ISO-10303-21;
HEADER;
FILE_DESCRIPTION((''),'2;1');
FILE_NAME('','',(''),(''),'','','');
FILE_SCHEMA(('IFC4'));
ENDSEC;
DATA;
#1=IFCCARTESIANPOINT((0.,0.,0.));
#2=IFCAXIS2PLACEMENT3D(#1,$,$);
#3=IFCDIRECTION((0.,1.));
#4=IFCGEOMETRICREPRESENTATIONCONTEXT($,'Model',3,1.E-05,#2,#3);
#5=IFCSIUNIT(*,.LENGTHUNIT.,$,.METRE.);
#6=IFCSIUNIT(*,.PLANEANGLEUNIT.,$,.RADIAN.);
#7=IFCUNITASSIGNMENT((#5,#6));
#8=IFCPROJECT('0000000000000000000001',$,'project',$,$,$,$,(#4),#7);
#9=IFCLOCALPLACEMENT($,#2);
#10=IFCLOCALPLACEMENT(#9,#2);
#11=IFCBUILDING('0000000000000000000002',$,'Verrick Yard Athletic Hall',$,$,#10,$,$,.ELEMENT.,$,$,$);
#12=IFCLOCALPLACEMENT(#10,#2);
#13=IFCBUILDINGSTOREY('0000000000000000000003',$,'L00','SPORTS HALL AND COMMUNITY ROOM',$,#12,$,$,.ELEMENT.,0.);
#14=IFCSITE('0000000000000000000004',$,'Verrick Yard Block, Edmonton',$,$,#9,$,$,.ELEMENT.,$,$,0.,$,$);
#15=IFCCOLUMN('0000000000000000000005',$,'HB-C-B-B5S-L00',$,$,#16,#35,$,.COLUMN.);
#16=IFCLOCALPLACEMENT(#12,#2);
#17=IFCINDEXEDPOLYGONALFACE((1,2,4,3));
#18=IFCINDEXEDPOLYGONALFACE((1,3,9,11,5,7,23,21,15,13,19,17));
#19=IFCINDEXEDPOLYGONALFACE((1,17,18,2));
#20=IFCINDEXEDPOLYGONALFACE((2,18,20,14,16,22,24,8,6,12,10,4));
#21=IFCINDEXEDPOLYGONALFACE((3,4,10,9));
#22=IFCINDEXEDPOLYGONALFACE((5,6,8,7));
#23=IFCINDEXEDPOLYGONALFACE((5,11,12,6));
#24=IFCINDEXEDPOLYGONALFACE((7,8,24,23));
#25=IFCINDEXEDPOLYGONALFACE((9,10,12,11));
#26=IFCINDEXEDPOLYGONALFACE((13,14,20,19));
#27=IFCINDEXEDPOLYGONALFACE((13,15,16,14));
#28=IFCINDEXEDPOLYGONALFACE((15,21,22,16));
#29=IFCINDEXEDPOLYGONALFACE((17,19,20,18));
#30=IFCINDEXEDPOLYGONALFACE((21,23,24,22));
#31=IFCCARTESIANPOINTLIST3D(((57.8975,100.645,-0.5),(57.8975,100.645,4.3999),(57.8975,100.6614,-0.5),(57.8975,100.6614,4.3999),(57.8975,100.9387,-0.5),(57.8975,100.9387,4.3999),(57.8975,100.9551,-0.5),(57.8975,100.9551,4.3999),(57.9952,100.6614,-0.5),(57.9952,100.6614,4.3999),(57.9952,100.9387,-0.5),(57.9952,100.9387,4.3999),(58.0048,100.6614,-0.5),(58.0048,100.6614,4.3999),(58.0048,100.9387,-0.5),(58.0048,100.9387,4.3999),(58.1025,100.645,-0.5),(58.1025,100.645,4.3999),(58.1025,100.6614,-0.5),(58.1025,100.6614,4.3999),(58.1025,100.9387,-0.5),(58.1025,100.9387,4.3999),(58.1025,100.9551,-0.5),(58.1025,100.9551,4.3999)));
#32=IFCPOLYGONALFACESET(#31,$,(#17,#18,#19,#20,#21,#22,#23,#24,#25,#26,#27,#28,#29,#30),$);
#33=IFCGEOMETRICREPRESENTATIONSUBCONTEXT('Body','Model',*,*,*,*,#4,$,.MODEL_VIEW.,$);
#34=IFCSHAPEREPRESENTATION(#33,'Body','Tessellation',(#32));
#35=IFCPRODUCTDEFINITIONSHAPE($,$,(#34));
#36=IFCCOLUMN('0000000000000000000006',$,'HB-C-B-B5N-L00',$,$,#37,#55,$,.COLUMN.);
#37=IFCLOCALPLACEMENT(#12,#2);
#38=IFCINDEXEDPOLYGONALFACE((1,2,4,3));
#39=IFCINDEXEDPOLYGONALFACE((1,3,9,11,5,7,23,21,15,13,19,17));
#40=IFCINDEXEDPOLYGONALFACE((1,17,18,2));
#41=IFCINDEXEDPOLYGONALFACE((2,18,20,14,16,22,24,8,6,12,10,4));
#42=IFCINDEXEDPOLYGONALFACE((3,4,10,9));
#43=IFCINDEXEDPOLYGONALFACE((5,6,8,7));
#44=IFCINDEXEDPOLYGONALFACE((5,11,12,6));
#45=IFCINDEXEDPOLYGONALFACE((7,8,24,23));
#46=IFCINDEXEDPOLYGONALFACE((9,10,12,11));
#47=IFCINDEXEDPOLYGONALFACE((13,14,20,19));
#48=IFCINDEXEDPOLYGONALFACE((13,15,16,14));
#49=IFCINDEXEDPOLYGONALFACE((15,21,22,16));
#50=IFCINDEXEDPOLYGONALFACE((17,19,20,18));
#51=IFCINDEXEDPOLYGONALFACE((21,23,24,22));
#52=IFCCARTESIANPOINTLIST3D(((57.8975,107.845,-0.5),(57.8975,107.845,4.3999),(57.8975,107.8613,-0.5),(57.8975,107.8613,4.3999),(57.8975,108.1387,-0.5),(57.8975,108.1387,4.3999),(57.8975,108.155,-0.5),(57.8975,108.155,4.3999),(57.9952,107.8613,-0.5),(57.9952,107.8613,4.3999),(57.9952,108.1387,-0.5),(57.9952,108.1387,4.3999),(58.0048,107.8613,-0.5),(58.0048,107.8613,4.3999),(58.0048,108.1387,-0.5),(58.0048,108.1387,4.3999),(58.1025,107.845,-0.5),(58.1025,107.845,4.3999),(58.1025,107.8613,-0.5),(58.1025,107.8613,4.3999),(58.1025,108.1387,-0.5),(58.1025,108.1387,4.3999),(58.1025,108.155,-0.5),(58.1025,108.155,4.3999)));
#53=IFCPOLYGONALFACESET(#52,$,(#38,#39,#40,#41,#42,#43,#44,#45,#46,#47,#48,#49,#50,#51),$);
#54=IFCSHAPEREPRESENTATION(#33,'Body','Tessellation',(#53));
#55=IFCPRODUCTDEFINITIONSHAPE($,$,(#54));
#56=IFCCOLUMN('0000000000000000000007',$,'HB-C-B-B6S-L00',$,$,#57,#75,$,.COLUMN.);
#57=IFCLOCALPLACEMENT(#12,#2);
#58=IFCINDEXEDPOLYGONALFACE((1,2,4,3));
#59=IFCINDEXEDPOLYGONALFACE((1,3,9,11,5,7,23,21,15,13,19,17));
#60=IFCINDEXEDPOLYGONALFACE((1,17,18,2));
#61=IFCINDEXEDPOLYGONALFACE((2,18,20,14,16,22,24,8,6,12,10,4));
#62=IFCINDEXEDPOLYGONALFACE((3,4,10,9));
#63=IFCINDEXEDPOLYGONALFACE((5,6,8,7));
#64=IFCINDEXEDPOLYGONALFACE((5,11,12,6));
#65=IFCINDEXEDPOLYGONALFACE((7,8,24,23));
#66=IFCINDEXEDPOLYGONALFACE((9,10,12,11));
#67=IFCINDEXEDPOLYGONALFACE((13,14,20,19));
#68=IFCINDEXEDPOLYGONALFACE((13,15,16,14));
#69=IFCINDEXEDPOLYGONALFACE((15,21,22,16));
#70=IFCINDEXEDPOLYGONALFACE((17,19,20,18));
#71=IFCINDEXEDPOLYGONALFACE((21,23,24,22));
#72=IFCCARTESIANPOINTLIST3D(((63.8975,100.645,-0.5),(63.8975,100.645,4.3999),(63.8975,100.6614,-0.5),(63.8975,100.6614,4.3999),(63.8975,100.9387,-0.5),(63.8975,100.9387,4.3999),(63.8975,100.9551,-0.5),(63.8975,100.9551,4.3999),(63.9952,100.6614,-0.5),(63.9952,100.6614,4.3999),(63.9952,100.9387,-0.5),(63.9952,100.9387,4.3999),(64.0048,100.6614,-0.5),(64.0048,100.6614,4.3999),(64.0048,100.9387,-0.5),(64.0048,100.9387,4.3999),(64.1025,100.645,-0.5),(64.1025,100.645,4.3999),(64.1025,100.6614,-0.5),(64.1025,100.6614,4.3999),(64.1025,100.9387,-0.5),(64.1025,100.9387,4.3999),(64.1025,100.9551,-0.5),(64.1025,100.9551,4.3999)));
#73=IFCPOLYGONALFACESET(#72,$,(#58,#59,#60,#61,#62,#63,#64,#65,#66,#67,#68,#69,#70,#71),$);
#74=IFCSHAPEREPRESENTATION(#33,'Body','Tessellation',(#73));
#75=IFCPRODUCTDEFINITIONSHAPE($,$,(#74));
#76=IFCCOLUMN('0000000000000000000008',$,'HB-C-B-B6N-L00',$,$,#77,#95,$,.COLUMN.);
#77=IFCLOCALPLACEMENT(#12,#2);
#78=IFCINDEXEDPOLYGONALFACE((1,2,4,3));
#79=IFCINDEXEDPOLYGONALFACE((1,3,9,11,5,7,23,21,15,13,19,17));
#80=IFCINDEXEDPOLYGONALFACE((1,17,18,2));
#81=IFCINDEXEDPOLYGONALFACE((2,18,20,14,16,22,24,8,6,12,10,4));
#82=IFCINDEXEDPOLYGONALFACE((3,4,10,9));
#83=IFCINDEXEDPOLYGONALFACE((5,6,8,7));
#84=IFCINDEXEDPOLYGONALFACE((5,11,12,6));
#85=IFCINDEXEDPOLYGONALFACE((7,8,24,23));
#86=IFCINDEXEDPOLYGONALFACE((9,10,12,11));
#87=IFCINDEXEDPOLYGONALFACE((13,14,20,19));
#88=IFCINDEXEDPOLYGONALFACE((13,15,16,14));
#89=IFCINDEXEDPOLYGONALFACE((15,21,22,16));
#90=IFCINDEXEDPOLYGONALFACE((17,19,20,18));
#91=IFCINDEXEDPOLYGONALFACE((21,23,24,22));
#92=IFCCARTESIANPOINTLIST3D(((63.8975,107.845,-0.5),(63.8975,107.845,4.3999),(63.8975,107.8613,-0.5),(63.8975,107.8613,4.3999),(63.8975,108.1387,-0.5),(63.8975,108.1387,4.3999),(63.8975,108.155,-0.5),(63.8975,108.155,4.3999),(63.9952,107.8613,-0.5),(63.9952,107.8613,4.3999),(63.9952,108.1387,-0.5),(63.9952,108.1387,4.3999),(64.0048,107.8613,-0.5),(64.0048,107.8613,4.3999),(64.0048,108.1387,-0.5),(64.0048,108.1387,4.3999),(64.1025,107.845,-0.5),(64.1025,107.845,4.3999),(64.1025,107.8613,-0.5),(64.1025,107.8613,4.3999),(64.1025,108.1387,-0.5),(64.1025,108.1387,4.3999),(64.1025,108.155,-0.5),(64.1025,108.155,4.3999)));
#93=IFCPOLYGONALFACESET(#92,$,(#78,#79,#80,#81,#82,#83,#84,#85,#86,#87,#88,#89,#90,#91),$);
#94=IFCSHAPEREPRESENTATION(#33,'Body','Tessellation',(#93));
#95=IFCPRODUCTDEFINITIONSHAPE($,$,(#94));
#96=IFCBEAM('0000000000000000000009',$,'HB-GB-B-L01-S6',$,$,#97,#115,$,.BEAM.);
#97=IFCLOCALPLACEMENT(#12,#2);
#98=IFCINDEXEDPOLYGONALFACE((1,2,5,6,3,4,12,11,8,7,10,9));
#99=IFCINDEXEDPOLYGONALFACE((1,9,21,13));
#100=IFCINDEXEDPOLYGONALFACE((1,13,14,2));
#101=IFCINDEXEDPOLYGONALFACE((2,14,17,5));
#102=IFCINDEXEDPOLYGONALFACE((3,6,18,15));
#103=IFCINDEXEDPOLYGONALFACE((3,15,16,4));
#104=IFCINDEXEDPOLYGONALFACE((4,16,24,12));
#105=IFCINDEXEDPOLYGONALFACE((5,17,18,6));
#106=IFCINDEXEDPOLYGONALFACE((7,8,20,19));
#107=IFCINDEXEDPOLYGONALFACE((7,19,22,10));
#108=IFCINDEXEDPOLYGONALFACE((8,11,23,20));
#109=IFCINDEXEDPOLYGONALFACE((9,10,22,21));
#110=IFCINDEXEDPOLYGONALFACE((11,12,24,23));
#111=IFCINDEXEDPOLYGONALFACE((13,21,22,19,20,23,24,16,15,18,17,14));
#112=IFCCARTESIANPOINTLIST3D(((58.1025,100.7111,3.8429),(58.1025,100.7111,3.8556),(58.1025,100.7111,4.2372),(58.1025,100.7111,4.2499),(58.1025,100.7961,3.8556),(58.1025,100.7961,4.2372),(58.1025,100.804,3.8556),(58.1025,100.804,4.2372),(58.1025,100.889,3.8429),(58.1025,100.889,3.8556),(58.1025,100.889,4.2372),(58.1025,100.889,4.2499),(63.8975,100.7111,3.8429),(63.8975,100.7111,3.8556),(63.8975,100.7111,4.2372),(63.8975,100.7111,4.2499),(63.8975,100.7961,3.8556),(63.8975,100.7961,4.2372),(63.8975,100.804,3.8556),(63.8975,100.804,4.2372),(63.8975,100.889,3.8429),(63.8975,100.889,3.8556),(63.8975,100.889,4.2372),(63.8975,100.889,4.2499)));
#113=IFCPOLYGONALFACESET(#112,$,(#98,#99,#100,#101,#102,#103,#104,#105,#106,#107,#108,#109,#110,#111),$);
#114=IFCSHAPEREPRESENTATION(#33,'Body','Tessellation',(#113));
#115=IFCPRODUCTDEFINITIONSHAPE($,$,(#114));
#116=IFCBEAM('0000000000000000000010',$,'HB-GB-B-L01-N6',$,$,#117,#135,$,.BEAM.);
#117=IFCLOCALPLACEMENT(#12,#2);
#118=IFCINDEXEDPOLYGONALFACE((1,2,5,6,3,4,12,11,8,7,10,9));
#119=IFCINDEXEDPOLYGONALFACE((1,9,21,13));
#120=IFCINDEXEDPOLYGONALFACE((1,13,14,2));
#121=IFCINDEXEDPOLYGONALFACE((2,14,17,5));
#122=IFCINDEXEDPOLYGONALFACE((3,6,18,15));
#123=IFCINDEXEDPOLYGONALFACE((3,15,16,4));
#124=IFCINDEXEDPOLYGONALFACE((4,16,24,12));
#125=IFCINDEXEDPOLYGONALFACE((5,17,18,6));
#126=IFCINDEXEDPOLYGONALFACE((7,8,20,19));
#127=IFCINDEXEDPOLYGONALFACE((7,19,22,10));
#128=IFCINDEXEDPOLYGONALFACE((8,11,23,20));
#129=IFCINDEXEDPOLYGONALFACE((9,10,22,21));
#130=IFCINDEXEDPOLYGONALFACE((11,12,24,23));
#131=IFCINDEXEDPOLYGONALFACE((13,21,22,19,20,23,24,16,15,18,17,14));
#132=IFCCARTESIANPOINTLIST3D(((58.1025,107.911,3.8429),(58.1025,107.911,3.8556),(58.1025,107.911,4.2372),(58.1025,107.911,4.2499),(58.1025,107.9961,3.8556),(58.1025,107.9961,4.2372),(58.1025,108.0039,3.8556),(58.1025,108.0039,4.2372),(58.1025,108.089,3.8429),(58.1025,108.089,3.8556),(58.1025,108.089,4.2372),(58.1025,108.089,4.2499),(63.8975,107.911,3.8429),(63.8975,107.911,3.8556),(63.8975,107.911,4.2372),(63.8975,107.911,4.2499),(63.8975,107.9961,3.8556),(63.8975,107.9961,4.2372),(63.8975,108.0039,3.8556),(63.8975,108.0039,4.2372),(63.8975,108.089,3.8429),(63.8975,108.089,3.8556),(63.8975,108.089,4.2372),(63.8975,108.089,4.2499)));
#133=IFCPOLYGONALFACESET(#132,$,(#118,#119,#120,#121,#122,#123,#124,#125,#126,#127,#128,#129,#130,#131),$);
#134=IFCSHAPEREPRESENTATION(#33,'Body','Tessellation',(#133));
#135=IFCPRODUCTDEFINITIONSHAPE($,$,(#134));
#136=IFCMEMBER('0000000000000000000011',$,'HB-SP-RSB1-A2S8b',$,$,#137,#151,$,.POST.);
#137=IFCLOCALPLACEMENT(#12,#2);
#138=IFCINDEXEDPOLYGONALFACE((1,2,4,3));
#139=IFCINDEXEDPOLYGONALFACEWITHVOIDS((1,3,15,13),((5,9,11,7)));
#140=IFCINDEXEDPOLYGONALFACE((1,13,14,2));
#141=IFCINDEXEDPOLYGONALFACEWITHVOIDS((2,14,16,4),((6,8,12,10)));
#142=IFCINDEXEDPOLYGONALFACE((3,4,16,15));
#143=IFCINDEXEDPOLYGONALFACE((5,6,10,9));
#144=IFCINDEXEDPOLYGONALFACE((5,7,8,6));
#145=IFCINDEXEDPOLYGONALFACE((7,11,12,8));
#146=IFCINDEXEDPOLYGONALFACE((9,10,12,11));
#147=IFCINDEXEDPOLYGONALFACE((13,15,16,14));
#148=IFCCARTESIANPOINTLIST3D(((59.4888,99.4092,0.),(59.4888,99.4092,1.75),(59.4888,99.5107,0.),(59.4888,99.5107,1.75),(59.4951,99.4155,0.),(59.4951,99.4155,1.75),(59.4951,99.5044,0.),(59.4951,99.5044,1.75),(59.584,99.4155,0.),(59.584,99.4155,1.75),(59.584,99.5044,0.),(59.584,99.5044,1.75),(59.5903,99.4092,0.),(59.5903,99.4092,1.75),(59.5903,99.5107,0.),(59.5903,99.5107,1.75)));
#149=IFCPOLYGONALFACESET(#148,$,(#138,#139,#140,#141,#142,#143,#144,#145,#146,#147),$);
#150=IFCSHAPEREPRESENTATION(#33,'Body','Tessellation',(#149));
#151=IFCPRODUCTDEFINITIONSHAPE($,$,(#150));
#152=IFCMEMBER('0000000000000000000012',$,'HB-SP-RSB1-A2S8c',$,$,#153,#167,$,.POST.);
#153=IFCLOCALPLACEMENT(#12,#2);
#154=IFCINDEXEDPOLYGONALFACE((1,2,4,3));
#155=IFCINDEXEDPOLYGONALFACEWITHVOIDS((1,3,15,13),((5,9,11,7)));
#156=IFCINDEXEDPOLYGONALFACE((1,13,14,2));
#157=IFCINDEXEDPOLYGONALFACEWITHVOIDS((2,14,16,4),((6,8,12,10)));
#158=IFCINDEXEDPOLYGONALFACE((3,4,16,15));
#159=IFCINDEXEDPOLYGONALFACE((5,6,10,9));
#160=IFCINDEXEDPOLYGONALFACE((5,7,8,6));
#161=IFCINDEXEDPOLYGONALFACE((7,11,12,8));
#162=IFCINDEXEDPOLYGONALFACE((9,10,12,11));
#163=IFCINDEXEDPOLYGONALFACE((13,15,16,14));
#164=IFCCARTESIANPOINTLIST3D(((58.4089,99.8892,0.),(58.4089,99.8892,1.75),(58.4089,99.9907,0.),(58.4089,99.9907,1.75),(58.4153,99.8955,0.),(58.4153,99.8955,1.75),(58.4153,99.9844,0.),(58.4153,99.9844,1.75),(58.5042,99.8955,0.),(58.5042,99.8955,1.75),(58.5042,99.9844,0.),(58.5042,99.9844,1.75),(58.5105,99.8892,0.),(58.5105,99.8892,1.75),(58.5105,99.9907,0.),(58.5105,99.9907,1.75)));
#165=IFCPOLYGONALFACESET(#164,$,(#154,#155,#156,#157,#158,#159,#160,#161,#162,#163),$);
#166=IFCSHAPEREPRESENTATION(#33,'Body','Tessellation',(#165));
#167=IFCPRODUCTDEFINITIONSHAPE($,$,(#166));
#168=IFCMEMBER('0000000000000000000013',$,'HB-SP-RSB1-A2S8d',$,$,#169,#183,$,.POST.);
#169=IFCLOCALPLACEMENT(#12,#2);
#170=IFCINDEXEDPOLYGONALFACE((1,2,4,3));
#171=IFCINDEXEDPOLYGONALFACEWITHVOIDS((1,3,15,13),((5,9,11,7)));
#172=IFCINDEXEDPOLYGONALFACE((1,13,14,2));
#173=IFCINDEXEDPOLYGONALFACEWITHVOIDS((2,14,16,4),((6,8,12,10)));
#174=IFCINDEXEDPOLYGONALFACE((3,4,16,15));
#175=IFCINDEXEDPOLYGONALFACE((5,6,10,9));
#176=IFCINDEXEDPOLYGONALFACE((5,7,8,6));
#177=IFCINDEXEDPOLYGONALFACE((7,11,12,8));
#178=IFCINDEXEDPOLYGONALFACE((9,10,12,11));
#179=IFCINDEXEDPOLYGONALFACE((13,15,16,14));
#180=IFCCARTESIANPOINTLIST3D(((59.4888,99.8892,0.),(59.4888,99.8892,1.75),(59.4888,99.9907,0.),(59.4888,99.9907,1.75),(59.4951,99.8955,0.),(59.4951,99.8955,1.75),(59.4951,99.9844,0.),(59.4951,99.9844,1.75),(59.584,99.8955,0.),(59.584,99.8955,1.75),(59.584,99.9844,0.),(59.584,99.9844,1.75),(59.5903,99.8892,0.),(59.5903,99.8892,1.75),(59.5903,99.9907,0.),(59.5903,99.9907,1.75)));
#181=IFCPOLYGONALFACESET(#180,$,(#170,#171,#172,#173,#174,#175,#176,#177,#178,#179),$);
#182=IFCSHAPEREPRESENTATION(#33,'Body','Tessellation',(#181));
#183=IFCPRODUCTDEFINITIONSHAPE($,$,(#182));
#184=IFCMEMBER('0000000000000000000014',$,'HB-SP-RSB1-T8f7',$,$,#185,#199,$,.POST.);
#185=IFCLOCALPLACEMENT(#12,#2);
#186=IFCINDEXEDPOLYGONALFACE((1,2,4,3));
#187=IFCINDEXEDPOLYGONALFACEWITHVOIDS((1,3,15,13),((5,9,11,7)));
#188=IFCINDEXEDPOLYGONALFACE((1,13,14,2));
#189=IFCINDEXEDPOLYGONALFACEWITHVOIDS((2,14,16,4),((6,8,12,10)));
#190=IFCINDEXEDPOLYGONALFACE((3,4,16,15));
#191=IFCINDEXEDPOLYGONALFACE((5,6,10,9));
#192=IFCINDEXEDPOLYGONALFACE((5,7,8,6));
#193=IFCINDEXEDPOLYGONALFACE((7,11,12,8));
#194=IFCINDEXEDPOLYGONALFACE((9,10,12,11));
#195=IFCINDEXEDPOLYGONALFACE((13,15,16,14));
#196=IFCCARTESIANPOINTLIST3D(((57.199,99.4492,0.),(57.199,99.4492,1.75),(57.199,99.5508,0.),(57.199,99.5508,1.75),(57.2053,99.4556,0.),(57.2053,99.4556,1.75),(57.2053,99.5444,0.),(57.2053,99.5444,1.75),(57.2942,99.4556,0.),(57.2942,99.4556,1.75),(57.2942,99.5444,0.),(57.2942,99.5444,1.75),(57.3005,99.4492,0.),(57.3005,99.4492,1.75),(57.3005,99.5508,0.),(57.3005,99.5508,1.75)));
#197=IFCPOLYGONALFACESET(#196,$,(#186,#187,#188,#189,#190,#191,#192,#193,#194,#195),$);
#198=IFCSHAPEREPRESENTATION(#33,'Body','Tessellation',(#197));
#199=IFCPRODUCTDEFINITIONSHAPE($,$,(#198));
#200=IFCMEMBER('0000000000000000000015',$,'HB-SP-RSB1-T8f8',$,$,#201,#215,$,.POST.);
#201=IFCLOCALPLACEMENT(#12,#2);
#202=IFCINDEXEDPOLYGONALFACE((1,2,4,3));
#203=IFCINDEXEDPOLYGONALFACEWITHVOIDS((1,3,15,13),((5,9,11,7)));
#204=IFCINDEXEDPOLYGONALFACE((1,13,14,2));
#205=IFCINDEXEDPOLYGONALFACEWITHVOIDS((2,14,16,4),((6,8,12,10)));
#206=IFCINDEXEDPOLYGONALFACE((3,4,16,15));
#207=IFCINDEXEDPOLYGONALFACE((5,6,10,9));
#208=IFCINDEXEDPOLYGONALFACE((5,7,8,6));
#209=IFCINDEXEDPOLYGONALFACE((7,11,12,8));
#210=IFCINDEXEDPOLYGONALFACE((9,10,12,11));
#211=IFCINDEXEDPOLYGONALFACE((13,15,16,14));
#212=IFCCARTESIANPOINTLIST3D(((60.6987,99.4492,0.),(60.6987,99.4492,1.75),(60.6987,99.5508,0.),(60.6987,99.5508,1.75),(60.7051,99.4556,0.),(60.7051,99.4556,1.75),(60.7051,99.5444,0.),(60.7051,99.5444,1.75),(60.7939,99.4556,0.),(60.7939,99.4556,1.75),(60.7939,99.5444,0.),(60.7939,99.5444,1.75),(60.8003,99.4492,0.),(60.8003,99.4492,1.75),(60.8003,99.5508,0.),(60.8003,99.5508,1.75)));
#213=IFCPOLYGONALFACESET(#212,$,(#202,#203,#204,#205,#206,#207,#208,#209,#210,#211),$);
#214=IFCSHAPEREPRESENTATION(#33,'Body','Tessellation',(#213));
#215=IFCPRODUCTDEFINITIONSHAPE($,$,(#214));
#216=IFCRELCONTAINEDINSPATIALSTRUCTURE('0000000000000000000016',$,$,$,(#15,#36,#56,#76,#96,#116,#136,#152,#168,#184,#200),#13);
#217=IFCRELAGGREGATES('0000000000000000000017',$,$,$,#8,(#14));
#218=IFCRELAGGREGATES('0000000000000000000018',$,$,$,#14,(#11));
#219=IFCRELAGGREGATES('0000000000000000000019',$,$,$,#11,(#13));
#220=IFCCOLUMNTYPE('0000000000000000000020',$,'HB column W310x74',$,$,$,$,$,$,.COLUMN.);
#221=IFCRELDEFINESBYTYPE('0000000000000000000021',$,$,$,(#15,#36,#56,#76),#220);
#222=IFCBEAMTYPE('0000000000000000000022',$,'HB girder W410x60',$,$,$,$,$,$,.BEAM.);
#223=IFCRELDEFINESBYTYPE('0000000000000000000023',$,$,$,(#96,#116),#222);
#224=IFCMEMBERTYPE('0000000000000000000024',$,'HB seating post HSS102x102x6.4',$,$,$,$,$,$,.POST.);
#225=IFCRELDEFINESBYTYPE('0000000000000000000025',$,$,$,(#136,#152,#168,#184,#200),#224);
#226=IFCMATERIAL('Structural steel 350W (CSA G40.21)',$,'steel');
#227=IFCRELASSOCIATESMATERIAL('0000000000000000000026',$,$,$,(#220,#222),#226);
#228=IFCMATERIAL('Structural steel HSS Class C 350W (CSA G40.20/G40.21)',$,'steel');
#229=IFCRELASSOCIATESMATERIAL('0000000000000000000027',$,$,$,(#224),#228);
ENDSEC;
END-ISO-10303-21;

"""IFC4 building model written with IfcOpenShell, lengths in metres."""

from ifc_helpers import new_model, si_unit, direction, frame, origin, origin_2d, place, context, subcontext, project, spatial, hollow_rectangle, i_section, extrude, material, material_profile, profile_set, type_object, element, save


model = new_model("IFC4")

# Units and contexts
model_context = context("Model", 3, precision=1e-05, world=origin(), true_north=direction((0.0, 1.0)))
body_context = subcontext(model_context, "Body", "Model", "MODEL_VIEW")
ifc_project = project(units=[si_unit("LENGTHUNIT", "METRE"), si_unit("PLANEANGLEUNIT", "RADIAN")], contexts=[model_context])

# Site, building, storey
site_placement = place(None, origin())
site = spatial("IfcSite", under=ifc_project, at=site_placement, Name="Verrick Yard Block, Edmonton", CompositionType="ELEMENT", RefElevation=0.0)
building_placement = place(site_placement, origin())
building = spatial("IfcBuilding", under=site, at=building_placement, Name="Verrick Yard Athletic Hall", CompositionType="ELEMENT")
storey_placement = place(building_placement, origin())
storey = spatial("IfcBuildingStorey", under=building, at=storey_placement, Name="L00", Description="SPORTS HALL AND COMMUNITY ROOM", CompositionType="ELEMENT", Elevation=0.0)

# Columns
ifc_material_1 = material(Name="Structural steel 350W (CSA G40.21)", Category="steel")
ifc_material_profile_1 = material_profile(ifc_material_1, i_section(OverallWidth=0.2051, OverallDepth=0.3101, WebThickness=0.0095, FlangeThickness=0.0164, at=origin_2d()), Name="W310x74")
ifc_profile_set_1 = profile_set([ifc_material_profile_1], Name="Structural steel 350W (CSA G40.21)")
column_type = type_object("IfcColumnType", Name="HB column W310x74", PredefinedType="COLUMN", material=ifc_profile_set_1)
for number, where, z_axis, x_axis, name in (
    (1, (58.0, 100.8, -0.5), (0.0, 0.0, 1.0), (1.0, 0.0, 0.0), "HB-C-B-B5S-L00"),
    (2, (58.0, 108.0, -0.5), (0.0, 0.0, 1.0), (1.0, 0.0, 0.0), "HB-C-B-B5N-L00"),
    (3, (64.0, 100.8, -0.5), (0.0, 0.0, 1.0), (1.0, 0.0, 0.0), "HB-C-B-B6S-L00"),
    (4, (64.0, 108.0, -0.5), (0.0, 0.0, 1.0), (1.0, 0.0, 0.0), "HB-C-B-B6N-L00"),
):
    element("IfcColumn", number, at=place(storey_placement, frame(where, z_axis=z_axis, x_axis=x_axis)), inside=storey, type_object=column_type, Name=name, PredefinedType="COLUMN", context=body_context, shape_type="SweptSolid", body=[
        extrude(i_section(OverallWidth=0.2051, OverallDepth=0.3101, WebThickness=0.0095, FlangeThickness=0.0164, at=origin_2d()), origin(), (0.0, 0.0, 1.0), 4.8999),
    ])

# Beams
ifc_material_profile_2 = material_profile(ifc_material_1, i_section(OverallWidth=0.178, OverallDepth=0.407, WebThickness=0.0078, FlangeThickness=0.0127, at=origin_2d()), Name="W410x60")
ifc_profile_set_2 = profile_set([ifc_material_profile_2], Name="Structural steel 350W (CSA G40.21)")
beam_type_1 = type_object("IfcBeamType", Name="HB girder W410x60", PredefinedType="BEAM", material=ifc_profile_set_2)
for number, where, z_axis, x_axis, name in (
    (5, (58.1025, 100.8, 4.0464), (1.0, 0.0, 0.0), (0.0, 1.0, 0.0), "HB-GB-B-L01-S6"),
    (6, (58.1025, 108.0, 4.0464), (1.0, 0.0, 0.0), (0.0, 1.0, 0.0), "HB-GB-B-L01-N6"),
):
    element("IfcBeam", number, at=place(storey_placement, frame(where, z_axis=z_axis, x_axis=x_axis)), inside=storey, type_object=beam_type_1, Name=name, PredefinedType="BEAM", context=body_context, shape_type="SweptSolid", body=[
        extrude(i_section(OverallWidth=0.178, OverallDepth=0.407, WebThickness=0.0078, FlangeThickness=0.0127, at=origin_2d()), origin(), (0.0, 0.0, 1.0), 5.7949),
    ])

# Members
ifc_material_2 = material(Name="Structural steel HSS Class C 350W (CSA G40.20/G40.21)", Category="steel")
ifc_material_profile_3 = material_profile(ifc_material_2, hollow_rectangle(XDim=0.1016, YDim=0.1016, WallThickness=0.0063, at=origin_2d()), Name="HSS102x102x6.4")
ifc_profile_set_3 = profile_set([ifc_material_profile_3], Name="Structural steel HSS Class C 350W (CSA G40.20/G40.21)")
member_type = type_object("IfcMemberType", Name="HB seating post HSS102x102x6.4", PredefinedType="POST", material=ifc_profile_set_3)
for number, where, z_axis, x_axis, name in (
    (7, (59.5396, 99.46, 0.0), (0.0, 0.0, 1.0), (0.0, 1.0, 0.0), "HB-SP-RSB1-A2S8b"),
    (8, (58.4597, 99.9399, 0.0), (0.0, 0.0, 1.0), (0.0, 1.0, 0.0), "HB-SP-RSB1-A2S8c"),
    (9, (59.5396, 99.9399, 0.0), (0.0, 0.0, 1.0), (0.0, 1.0, 0.0), "HB-SP-RSB1-A2S8d"),
    (10, (57.2498, 99.5, 0.0), (0.0, 0.0, 1.0), (0.0, 1.0, 0.0), "HB-SP-RSB1-T8f7"),
    (11, (60.7495, 99.5, 0.0), (0.0, 0.0, 1.0), (0.0, 1.0, 0.0), "HB-SP-RSB1-T8f8"),
):
    element("IfcMember", number, at=place(storey_placement, frame(where, z_axis=z_axis, x_axis=x_axis)), inside=storey, type_object=member_type, Name=name, PredefinedType="POST", context=body_context, shape_type="SweptSolid", body=[
        extrude(hollow_rectangle(XDim=0.1016, YDim=0.1016, WallThickness=0.0063, at=origin_2d()), origin(), (0.0, 0.0, 1.0), 1.75),
    ])

save(model, "model.ifc")
